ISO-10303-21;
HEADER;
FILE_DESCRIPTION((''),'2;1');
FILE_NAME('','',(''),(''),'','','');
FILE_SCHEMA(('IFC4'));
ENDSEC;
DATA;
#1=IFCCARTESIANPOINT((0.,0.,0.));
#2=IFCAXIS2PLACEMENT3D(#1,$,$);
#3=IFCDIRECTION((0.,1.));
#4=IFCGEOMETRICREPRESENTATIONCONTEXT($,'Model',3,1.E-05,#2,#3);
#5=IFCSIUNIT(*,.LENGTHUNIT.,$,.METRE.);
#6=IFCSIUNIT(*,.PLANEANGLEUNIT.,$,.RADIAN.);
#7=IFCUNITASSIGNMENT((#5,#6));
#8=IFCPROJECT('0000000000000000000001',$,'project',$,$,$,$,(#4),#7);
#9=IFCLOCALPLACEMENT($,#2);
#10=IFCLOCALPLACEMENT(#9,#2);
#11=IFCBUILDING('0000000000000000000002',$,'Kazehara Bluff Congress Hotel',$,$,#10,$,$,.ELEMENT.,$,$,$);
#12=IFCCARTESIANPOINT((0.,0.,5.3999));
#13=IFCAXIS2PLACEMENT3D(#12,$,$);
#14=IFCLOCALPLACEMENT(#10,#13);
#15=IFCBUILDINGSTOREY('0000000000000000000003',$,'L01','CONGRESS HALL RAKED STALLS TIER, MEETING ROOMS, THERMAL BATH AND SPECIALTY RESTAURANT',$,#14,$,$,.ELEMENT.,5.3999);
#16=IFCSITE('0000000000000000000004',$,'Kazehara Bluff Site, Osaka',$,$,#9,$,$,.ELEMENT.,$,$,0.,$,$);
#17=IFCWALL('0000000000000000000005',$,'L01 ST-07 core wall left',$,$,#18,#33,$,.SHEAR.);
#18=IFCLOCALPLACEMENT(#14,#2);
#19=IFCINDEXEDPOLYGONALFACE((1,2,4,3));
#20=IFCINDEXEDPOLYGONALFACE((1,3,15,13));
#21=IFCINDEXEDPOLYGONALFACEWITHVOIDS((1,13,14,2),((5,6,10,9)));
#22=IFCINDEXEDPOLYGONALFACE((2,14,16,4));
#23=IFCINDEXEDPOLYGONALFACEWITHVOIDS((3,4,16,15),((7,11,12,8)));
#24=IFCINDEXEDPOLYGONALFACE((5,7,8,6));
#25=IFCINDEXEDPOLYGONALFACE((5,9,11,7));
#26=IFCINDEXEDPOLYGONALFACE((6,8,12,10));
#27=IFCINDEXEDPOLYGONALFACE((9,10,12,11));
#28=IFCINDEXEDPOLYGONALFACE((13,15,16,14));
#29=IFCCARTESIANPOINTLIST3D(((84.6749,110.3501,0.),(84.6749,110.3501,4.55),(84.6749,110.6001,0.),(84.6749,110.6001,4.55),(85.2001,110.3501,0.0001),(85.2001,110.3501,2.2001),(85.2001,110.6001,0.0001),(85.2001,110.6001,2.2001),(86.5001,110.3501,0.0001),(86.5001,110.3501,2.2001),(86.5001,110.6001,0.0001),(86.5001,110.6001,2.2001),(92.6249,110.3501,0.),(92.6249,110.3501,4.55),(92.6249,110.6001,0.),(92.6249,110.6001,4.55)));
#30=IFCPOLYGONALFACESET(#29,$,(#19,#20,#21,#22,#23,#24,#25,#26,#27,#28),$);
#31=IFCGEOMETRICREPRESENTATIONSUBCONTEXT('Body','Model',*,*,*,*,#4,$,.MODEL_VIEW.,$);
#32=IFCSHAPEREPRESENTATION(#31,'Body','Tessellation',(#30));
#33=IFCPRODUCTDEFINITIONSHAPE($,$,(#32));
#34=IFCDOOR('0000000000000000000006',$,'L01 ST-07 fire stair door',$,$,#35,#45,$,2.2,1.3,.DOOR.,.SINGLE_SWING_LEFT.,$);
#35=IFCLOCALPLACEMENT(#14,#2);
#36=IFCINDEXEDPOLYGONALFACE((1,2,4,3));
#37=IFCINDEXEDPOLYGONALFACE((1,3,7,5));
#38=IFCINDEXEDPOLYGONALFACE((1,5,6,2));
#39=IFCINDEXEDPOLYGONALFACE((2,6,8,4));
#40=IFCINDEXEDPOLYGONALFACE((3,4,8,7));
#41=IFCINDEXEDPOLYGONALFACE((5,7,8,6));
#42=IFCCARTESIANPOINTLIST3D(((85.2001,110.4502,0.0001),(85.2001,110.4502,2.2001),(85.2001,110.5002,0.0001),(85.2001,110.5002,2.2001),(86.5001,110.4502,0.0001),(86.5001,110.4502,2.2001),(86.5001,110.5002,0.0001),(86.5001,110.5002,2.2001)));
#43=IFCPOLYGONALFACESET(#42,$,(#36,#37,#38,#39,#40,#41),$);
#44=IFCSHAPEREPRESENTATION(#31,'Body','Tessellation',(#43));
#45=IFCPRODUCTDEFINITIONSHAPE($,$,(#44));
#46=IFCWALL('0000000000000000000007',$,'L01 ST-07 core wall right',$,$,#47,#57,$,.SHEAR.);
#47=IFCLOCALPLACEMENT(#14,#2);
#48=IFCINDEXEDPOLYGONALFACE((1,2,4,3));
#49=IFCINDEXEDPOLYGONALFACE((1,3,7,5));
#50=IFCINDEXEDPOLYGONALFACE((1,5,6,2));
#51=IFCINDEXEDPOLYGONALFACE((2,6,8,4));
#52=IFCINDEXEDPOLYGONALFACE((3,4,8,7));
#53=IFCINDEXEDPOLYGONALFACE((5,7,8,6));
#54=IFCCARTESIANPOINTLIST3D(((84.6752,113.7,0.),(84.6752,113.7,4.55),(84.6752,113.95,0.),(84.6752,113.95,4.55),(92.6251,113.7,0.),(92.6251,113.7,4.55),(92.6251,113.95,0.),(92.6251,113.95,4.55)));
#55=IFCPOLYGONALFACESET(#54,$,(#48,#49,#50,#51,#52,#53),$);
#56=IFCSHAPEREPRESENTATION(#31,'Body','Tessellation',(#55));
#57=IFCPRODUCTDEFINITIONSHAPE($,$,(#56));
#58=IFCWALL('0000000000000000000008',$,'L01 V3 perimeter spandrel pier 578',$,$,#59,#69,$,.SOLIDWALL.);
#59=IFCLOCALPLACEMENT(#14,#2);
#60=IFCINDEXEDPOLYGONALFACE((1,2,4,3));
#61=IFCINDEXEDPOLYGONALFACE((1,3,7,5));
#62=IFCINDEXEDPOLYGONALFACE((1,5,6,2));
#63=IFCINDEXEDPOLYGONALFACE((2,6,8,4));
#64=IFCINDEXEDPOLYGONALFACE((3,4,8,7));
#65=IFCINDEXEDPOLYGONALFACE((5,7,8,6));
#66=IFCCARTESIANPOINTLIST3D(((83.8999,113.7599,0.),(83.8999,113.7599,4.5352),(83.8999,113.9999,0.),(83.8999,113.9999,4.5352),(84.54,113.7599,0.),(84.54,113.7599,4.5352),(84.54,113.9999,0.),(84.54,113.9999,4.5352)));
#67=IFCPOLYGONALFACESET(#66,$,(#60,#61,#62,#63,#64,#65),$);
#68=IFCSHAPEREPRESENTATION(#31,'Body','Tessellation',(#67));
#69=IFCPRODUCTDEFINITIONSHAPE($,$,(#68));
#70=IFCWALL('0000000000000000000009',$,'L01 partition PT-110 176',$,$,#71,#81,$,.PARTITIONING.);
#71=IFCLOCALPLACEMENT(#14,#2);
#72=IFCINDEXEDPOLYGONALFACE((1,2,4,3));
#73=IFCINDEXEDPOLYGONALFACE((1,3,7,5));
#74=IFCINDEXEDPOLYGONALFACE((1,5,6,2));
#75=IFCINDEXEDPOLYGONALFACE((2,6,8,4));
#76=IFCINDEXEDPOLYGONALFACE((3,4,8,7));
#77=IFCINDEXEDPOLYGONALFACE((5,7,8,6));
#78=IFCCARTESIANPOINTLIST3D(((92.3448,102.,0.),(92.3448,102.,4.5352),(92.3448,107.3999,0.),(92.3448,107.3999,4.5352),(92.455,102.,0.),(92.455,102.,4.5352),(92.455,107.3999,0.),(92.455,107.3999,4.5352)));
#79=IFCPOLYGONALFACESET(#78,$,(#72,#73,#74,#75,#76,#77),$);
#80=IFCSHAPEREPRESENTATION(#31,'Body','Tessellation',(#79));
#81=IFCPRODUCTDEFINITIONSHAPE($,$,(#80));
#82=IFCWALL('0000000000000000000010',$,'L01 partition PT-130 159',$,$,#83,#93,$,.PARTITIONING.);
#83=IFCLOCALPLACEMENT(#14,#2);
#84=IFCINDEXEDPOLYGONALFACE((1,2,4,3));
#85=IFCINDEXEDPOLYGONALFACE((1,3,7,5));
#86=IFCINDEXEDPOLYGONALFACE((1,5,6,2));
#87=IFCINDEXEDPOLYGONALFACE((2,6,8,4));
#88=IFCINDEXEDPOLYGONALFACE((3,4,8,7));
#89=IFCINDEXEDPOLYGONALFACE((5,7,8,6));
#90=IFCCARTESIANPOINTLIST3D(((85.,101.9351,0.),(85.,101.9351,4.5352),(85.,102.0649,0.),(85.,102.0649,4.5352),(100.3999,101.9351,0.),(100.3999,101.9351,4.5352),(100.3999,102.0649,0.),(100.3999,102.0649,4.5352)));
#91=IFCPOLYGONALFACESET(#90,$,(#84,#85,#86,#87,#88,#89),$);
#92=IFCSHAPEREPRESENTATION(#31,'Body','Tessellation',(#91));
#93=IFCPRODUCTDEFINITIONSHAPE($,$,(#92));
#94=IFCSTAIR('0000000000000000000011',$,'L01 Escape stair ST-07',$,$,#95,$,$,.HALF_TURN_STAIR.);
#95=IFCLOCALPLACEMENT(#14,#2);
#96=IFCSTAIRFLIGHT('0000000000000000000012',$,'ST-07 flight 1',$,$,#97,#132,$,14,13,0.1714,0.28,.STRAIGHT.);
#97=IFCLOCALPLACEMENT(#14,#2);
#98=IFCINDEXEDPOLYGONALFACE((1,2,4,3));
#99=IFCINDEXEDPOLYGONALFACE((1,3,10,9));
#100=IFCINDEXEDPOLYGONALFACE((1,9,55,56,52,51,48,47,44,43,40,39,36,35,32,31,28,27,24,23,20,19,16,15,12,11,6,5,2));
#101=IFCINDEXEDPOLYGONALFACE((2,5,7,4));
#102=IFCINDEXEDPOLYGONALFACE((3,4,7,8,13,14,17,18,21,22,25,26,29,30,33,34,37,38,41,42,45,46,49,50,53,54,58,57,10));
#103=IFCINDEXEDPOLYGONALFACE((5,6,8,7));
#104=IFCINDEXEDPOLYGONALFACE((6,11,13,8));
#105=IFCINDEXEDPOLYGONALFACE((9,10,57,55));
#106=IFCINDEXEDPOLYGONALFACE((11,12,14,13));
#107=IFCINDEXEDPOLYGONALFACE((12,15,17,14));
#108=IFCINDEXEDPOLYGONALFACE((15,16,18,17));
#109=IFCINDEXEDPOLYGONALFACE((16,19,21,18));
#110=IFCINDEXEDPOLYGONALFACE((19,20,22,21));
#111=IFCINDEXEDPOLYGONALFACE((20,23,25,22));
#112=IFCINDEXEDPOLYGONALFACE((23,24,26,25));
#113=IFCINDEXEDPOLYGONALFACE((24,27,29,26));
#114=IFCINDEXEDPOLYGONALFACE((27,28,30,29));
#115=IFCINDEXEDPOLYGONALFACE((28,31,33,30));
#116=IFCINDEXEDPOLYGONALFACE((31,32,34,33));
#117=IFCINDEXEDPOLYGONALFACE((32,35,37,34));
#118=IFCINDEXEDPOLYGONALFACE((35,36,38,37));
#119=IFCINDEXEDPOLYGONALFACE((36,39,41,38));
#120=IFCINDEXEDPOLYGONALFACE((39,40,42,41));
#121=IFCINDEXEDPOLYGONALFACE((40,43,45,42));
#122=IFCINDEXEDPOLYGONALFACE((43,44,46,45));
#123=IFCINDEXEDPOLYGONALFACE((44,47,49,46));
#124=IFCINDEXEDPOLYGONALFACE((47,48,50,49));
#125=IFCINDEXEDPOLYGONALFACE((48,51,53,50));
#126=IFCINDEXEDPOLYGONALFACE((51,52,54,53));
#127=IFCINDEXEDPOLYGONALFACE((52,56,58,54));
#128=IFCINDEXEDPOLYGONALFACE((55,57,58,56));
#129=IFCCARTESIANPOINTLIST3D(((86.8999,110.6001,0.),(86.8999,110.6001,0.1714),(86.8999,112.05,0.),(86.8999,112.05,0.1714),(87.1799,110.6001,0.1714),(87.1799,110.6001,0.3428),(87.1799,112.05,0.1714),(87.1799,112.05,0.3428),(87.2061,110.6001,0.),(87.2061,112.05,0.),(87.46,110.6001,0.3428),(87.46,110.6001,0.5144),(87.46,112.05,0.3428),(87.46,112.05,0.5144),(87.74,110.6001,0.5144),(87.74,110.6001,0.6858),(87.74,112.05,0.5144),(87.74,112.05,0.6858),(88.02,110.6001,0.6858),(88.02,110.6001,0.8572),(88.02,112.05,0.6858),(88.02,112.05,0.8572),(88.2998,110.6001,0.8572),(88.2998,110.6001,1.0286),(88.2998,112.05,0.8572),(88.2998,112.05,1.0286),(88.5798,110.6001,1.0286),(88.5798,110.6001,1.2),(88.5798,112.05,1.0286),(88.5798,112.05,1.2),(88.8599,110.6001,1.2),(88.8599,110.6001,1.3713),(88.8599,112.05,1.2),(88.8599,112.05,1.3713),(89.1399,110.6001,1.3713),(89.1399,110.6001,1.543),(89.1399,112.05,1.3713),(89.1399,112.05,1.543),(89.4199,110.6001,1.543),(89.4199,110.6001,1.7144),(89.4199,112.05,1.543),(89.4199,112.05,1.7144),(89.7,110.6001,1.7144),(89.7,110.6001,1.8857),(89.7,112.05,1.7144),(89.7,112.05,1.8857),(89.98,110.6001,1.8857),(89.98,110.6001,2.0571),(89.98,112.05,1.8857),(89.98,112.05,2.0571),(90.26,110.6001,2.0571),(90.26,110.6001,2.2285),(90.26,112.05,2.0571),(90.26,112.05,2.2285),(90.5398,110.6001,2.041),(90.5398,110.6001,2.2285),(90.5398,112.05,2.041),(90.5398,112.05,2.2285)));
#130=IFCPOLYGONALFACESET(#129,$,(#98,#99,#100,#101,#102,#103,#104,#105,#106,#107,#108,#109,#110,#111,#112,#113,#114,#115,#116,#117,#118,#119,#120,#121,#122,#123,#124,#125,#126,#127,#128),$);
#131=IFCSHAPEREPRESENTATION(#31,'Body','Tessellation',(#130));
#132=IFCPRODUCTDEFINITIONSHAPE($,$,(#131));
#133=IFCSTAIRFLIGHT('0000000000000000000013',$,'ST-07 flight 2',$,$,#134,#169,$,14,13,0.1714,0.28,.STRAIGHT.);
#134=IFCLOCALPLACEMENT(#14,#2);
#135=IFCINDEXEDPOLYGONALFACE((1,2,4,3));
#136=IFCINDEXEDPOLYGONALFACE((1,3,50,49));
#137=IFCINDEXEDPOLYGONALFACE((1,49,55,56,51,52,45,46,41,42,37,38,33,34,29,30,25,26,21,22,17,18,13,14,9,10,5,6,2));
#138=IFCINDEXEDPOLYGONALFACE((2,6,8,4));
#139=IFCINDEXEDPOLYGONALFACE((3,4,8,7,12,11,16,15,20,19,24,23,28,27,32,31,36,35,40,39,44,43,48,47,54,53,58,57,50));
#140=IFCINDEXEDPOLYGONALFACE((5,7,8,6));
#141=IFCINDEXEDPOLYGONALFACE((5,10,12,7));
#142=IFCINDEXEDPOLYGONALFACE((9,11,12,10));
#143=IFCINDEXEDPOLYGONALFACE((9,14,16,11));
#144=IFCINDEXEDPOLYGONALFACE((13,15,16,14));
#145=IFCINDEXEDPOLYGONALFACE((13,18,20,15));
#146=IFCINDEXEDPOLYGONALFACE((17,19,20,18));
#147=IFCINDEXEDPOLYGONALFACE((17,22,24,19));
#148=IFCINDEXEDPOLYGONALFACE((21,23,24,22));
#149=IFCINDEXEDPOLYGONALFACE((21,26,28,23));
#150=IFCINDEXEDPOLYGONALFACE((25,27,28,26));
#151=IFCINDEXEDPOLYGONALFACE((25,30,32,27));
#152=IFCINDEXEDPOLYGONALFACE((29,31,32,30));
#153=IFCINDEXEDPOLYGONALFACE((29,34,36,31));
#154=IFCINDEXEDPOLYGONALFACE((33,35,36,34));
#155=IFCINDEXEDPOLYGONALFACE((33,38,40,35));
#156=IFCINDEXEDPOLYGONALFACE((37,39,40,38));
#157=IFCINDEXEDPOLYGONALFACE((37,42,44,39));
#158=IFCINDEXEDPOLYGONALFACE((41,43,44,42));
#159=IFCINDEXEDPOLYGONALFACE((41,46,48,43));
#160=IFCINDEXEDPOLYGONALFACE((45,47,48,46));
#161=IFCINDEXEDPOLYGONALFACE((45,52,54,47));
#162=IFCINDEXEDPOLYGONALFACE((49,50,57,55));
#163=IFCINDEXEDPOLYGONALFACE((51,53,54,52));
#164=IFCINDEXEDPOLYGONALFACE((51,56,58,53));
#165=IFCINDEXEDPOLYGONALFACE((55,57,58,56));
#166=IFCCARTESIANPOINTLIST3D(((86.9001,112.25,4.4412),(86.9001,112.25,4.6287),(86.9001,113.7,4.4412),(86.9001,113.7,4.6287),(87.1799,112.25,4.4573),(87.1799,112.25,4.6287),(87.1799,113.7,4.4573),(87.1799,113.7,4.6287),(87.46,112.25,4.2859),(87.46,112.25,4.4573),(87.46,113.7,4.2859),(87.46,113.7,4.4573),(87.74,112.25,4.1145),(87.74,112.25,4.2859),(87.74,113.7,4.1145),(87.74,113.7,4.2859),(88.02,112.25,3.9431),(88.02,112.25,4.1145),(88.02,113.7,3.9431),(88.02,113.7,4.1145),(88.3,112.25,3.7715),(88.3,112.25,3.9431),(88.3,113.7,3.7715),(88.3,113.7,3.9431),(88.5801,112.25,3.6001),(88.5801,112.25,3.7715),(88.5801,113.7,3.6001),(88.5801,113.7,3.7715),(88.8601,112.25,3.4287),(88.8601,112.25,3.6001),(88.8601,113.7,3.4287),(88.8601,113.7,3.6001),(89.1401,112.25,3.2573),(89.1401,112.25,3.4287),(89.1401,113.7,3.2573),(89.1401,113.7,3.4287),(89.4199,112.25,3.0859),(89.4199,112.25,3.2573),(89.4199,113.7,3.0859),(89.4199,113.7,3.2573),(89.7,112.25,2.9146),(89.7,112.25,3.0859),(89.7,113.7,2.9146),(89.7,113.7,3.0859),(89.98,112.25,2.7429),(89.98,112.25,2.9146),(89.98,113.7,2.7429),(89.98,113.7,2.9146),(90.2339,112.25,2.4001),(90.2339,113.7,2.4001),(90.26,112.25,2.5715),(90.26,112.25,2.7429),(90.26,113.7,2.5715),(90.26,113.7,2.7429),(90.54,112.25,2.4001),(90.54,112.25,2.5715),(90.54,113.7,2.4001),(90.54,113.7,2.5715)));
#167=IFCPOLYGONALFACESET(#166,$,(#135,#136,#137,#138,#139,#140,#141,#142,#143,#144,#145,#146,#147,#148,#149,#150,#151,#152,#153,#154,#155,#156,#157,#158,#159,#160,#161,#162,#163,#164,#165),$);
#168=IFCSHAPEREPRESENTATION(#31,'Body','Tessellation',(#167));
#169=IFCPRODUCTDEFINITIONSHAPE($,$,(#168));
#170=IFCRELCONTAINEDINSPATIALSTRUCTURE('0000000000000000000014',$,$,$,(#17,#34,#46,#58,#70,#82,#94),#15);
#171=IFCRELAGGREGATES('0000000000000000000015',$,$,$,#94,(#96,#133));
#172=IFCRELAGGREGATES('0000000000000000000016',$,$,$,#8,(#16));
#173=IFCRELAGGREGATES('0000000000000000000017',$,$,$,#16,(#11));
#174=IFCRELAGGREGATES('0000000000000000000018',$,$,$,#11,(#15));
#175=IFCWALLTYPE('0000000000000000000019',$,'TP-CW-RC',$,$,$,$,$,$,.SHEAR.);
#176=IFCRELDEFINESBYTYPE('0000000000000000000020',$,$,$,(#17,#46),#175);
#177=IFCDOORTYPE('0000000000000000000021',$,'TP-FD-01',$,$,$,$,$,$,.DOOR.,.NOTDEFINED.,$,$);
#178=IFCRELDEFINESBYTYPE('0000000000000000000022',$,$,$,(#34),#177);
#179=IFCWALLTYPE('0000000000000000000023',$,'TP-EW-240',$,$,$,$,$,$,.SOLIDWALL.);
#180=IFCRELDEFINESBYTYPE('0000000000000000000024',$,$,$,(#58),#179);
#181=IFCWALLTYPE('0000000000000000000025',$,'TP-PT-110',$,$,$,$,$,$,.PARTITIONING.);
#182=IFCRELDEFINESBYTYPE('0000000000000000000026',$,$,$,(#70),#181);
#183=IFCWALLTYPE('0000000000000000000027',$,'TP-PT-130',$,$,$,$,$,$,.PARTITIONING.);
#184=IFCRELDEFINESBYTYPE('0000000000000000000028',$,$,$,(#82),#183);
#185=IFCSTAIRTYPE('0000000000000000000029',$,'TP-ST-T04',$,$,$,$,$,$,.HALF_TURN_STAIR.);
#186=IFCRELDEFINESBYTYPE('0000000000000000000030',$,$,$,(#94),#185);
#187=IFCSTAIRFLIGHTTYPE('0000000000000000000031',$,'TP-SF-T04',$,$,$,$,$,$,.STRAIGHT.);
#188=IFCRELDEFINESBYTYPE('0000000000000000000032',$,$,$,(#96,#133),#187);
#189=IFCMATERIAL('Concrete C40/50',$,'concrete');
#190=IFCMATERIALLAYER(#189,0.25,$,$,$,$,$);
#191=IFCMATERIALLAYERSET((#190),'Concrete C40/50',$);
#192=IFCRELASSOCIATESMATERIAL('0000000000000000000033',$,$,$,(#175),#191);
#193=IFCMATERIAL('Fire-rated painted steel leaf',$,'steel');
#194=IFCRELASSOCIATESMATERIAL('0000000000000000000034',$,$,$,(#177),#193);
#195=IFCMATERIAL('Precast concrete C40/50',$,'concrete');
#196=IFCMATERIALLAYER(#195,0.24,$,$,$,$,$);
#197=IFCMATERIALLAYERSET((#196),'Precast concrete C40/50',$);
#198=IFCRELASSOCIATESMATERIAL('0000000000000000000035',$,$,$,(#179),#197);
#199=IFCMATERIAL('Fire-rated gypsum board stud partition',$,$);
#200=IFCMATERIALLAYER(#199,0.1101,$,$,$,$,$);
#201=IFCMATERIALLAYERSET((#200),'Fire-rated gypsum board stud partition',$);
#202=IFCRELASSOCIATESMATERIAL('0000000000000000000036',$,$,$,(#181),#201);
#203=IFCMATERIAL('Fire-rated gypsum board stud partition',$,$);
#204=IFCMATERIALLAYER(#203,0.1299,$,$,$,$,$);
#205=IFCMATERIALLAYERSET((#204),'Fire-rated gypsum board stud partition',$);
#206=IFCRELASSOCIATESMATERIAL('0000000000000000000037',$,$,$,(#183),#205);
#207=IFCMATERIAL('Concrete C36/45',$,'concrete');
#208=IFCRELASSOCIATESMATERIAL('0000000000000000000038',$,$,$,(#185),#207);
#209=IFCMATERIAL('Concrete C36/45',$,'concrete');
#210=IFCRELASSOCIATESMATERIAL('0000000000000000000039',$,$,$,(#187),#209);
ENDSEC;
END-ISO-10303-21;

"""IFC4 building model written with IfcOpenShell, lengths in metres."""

from ifc_helpers import new_model, si_unit, direction, frame, frame_2d, origin, place, context, subcontext, project, spatial, polyline, rectangle, outline, extrude, material, layer, layer_set, type_object, element, fill, aggregate, save


model = new_model("IFC4")

# Units and contexts
model_context = context("Model", 3, precision=1e-05, world=origin(), true_north=direction((0.0, 1.0)))
body_context = subcontext(model_context, "Body", "Model", "MODEL_VIEW")
ifc_project = project(units=[si_unit("LENGTHUNIT", "METRE"), si_unit("PLANEANGLEUNIT", "RADIAN")], contexts=[model_context])

# Site, building, storey
site_placement = place(None, origin())
site = spatial("IfcSite", under=ifc_project, at=site_placement, Name="Kazehara Bluff Site, Osaka", CompositionType="ELEMENT", RefElevation=0.0)
building_placement = place(site_placement, origin())
building = spatial("IfcBuilding", under=site, at=building_placement, Name="Kazehara Bluff Congress Hotel", CompositionType="ELEMENT")
storey_placement = place(building_placement, frame((0.0, 0.0, 5.3999)))
storey = spatial("IfcBuildingStorey", under=building, at=storey_placement, Name="L01", Description="CONGRESS HALL RAKED STALLS TIER, MEETING ROOMS, THERMAL BATH AND SPECIALTY RESTAURANT", CompositionType="ELEMENT", Elevation=5.3999)

# Shared definitions
ifc_material_1 = material(Name="Concrete C40/50", Category="concrete")
ifc_layer_1 = layer(ifc_material_1, 0.25)
ifc_layer_set_1 = layer_set([ifc_layer_1], Name="Concrete C40/50")
wall_type_1 = type_object("IfcWallType", Name="TP-CW-RC", PredefinedType="SHEAR", material=ifc_layer_set_1)

# Wall, opening, door
wall_1_placement = place(storey_placement, frame((92.625, 110.4751, 0.0), z_axis=(0.0, 0.0, 1.0), x_axis=(-1.0, 0.0, 0.0)))
wall_1 = element("IfcWall", 1, at=wall_1_placement, inside=storey, type_object=wall_type_1, Name="L01 ST-07 core wall left", PredefinedType="SHEAR", context=body_context, shape_type="SweptSolid", body=[
    extrude(rectangle(XDim=7.95, YDim=0.25, at=frame_2d((3.9751, 0.0))), origin(), (0.0, 0.0, 1.0), 4.55),
])
opening_placement = place(wall_1_placement, frame((6.125, 0.0, 0.0)))
opening = element("IfcOpeningElement", 2, at=opening_placement, cuts=wall_1, PredefinedType="OPENING", context=body_context, shape_type="SweptSolid", body=[
    extrude(rectangle(XDim=1.3, YDim=2.2, at=frame_2d((0.6499, 1.1001))), frame((0.0, 0.135, 0.0), z_axis=(0.0, -1.0, 0.0), x_axis=(1.0, 0.0, 0.0)), (0.0, 0.0, 1.0), 0.27),
])
ifc_material_2 = material(Name="Fire-rated painted steel leaf", Category="steel")
door_type = type_object("IfcDoorType", Name="TP-FD-01", OperationType="NOTDEFINED", PredefinedType="DOOR", material=ifc_material_2)
door_placement = place(opening_placement, origin())
door = element("IfcDoor", 3, at=door_placement, inside=storey, type_object=door_type, Name="L01 ST-07 fire stair door", OperationType="SINGLE_SWING_LEFT", OverallHeight=2.2, OverallWidth=1.3, PredefinedType="DOOR", context=body_context, shape_type="SweptSolid", body=[
    extrude(rectangle(XDim=1.3, YDim=2.2, at=frame_2d((0.6499, 1.1001))), frame((0.0, 0.0249, 0.0), z_axis=(0.0, -1.0, 0.0), x_axis=(1.0, 0.0, 0.0)), (0.0, 0.0, 1.0), 0.05),
])
fill(opening, door)

# Walls
wall_2_placement = place(storey_placement, frame((84.675, 113.825, 0.0), z_axis=(0.0, 0.0, 1.0), x_axis=(1.0, 0.0, 0.0)))
element("IfcWall", 4, at=wall_2_placement, inside=storey, type_object=wall_type_1, Name="L01 ST-07 core wall right", PredefinedType="SHEAR", context=body_context, shape_type="SweptSolid", body=[
    extrude(rectangle(XDim=7.95, YDim=0.25, at=frame_2d((3.9751, 0.0))), origin(), (0.0, 0.0, 1.0), 4.55),
])
ifc_material_3 = material(Name="Precast concrete C40/50", Category="concrete")
ifc_layer_2 = layer(ifc_material_3, 0.24)
ifc_layer_set_2 = layer_set([ifc_layer_2], Name="Precast concrete C40/50")
wall_type_2 = type_object("IfcWallType", Name="TP-EW-240", PredefinedType="SOLIDWALL", material=ifc_layer_set_2)
wall_3_placement = place(storey_placement, frame((83.8999, 113.8799, 0.0), z_axis=(0.0, 0.0, 1.0), x_axis=(1.0, 0.0, 0.0)))
element("IfcWall", 5, at=wall_3_placement, inside=storey, type_object=wall_type_2, Name="L01 V3 perimeter spandrel pier 578", PredefinedType="SOLIDWALL", context=body_context, shape_type="SweptSolid", body=[
    extrude(rectangle(XDim=0.6401, YDim=0.24, at=frame_2d((0.3201, 0.0))), origin(), (0.0, 0.0, 1.0), 4.5352),
])
ifc_material_4 = material(Name="Fire-rated gypsum board stud partition")
ifc_layer_3 = layer(ifc_material_4, 0.1101)
ifc_layer_set_3 = layer_set([ifc_layer_3], Name="Fire-rated gypsum board stud partition")
wall_type_3 = type_object("IfcWallType", Name="TP-PT-110", PredefinedType="PARTITIONING", material=ifc_layer_set_3)
wall_4_placement = place(storey_placement, frame((92.3999, 102.0, 0.0), z_axis=(0.0, 0.0, 1.0), x_axis=(0.0, 1.0, 0.0)))
element("IfcWall", 6, at=wall_4_placement, inside=storey, type_object=wall_type_3, Name="L01 partition PT-110 176", PredefinedType="PARTITIONING", context=body_context, shape_type="SweptSolid", body=[
    extrude(rectangle(XDim=5.3999, YDim=0.1101, at=frame_2d((2.7, 0.0))), origin(), (0.0, 0.0, 1.0), 4.5352),
])
ifc_material_5 = material(Name="Fire-rated gypsum board stud partition")
ifc_layer_4 = layer(ifc_material_5, 0.1299)
ifc_layer_set_4 = layer_set([ifc_layer_4], Name="Fire-rated gypsum board stud partition")
wall_type_4 = type_object("IfcWallType", Name="TP-PT-130", PredefinedType="PARTITIONING", material=ifc_layer_set_4)
wall_5_placement = place(storey_placement, frame((85.0, 102.0, 0.0), z_axis=(0.0, 0.0, 1.0), x_axis=(1.0, 0.0, 0.0)))
element("IfcWall", 7, at=wall_5_placement, inside=storey, type_object=wall_type_4, Name="L01 partition PT-130 159", PredefinedType="PARTITIONING", context=body_context, shape_type="SweptSolid", body=[
    extrude(rectangle(XDim=15.3999, YDim=0.1299, at=frame_2d((7.7, 0.0))), origin(), (0.0, 0.0, 1.0), 4.5352),
])

# Stair, stair flights
ifc_material_6 = material(Name="Concrete C36/45", Category="concrete")
stair_type = type_object("IfcStairType", Name="TP-ST-T04", PredefinedType="HALF_TURN_STAIR", material=ifc_material_6)
stair_placement = place(storey_placement, origin())
stair = element("IfcStair", 8, at=stair_placement, inside=storey, type_object=stair_type, Name="L01 Escape stair ST-07", PredefinedType="HALF_TURN_STAIR")
ifc_material_7 = material(Name="Concrete C36/45", Category="concrete")
stair_flight_type = type_object("IfcStairFlightType", Name="TP-SF-T04", PredefinedType="STRAIGHT", material=ifc_material_7)
stair_flight_1_placement = place(storey_placement, frame((86.8999, 111.325, 0.0), z_axis=(0.0, 0.0, 1.0), x_axis=(1.0, 0.0, 0.0)))
stair_flight_1 = element("IfcStairFlight", 9, at=stair_flight_1_placement, type_object=stair_flight_type, Name="ST-07 flight 1", NumberOfRisers=14, NumberOfTreads=13, PredefinedType="STRAIGHT", RiserHeight=0.1714, TreadLength=0.28, context=body_context, shape_type="SweptSolid", body=[
    extrude(outline(polyline([(0.0, 0.0), (0.0, 0.1714), (0.28, 0.1714), (0.28, 0.3428), (0.5601, 0.3428), (0.5601, 0.5144), (0.8401, 0.5144), (0.8401, 0.6858), (1.1201, 0.6858), (1.1201, 0.8572), (1.3999, 0.8572), (1.3999, 1.0286), (1.6799, 1.0286), (1.6799, 1.2), (1.96, 1.2), (1.96, 1.3713), (2.24, 1.3713), (2.24, 1.543), (2.52, 1.543), (2.52, 1.7144), (2.8, 1.7144), (2.8, 1.8857), (3.0801, 1.8857), (3.0801, 2.0571), (3.3601, 2.0571), (3.3601, 2.2285), (3.6399, 2.2285), (3.6399, 2.3999), (3.6399, 2.041), (0.3062, 0.0), (0.0, 0.0)])), frame((0.0, 0.7251, 0.0), z_axis=(0.0, -1.0, 0.0), x_axis=(1.0, 0.0, 0.0)), (0.0, 0.0, 1.0), 1.45),
])
stair_flight_2_placement = place(storey_placement, frame((90.54, 112.9751, 2.4001), z_axis=(0.0, 0.0, 1.0), x_axis=(-1.0, 0.0, 0.0)))
stair_flight_2 = element("IfcStairFlight", 10, at=stair_flight_2_placement, type_object=stair_flight_type, Name="ST-07 flight 2", NumberOfRisers=14, NumberOfTreads=13, PredefinedType="STRAIGHT", RiserHeight=0.1714, TreadLength=0.28, context=body_context, shape_type="SweptSolid", body=[
    extrude(outline(polyline([(0.0, 0.0), (0.0, 0.1714), (0.28, 0.1714), (0.28, 0.3428), (0.5601, 0.3428), (0.5601, 0.5144), (0.8401, 0.5144), (0.8401, 0.6858), (1.1201, 0.6858), (1.1201, 0.8572), (1.3999, 0.8572), (1.3999, 1.0286), (1.6799, 1.0286), (1.6799, 1.2), (1.96, 1.2), (1.96, 1.3713), (2.24, 1.3713), (2.24, 1.543), (2.52, 1.543), (2.52, 1.7144), (2.8, 1.7144), (2.8, 1.8857), (3.0801, 1.8857), (3.0801, 2.0571), (3.3601, 2.0571), (3.3601, 2.2285), (3.6399, 2.2285), (3.6399, 2.3999), (3.6399, 2.041), (0.3062, 0.0), (0.0, 0.0)])), frame((0.0, 0.7251, 0.0), z_axis=(0.0, -1.0, 0.0), x_axis=(1.0, 0.0, 0.0)), (0.0, 0.0, 1.0), 1.45),
])
aggregate(stair, [stair_flight_1, stair_flight_2])

save(model, "model.ifc")
